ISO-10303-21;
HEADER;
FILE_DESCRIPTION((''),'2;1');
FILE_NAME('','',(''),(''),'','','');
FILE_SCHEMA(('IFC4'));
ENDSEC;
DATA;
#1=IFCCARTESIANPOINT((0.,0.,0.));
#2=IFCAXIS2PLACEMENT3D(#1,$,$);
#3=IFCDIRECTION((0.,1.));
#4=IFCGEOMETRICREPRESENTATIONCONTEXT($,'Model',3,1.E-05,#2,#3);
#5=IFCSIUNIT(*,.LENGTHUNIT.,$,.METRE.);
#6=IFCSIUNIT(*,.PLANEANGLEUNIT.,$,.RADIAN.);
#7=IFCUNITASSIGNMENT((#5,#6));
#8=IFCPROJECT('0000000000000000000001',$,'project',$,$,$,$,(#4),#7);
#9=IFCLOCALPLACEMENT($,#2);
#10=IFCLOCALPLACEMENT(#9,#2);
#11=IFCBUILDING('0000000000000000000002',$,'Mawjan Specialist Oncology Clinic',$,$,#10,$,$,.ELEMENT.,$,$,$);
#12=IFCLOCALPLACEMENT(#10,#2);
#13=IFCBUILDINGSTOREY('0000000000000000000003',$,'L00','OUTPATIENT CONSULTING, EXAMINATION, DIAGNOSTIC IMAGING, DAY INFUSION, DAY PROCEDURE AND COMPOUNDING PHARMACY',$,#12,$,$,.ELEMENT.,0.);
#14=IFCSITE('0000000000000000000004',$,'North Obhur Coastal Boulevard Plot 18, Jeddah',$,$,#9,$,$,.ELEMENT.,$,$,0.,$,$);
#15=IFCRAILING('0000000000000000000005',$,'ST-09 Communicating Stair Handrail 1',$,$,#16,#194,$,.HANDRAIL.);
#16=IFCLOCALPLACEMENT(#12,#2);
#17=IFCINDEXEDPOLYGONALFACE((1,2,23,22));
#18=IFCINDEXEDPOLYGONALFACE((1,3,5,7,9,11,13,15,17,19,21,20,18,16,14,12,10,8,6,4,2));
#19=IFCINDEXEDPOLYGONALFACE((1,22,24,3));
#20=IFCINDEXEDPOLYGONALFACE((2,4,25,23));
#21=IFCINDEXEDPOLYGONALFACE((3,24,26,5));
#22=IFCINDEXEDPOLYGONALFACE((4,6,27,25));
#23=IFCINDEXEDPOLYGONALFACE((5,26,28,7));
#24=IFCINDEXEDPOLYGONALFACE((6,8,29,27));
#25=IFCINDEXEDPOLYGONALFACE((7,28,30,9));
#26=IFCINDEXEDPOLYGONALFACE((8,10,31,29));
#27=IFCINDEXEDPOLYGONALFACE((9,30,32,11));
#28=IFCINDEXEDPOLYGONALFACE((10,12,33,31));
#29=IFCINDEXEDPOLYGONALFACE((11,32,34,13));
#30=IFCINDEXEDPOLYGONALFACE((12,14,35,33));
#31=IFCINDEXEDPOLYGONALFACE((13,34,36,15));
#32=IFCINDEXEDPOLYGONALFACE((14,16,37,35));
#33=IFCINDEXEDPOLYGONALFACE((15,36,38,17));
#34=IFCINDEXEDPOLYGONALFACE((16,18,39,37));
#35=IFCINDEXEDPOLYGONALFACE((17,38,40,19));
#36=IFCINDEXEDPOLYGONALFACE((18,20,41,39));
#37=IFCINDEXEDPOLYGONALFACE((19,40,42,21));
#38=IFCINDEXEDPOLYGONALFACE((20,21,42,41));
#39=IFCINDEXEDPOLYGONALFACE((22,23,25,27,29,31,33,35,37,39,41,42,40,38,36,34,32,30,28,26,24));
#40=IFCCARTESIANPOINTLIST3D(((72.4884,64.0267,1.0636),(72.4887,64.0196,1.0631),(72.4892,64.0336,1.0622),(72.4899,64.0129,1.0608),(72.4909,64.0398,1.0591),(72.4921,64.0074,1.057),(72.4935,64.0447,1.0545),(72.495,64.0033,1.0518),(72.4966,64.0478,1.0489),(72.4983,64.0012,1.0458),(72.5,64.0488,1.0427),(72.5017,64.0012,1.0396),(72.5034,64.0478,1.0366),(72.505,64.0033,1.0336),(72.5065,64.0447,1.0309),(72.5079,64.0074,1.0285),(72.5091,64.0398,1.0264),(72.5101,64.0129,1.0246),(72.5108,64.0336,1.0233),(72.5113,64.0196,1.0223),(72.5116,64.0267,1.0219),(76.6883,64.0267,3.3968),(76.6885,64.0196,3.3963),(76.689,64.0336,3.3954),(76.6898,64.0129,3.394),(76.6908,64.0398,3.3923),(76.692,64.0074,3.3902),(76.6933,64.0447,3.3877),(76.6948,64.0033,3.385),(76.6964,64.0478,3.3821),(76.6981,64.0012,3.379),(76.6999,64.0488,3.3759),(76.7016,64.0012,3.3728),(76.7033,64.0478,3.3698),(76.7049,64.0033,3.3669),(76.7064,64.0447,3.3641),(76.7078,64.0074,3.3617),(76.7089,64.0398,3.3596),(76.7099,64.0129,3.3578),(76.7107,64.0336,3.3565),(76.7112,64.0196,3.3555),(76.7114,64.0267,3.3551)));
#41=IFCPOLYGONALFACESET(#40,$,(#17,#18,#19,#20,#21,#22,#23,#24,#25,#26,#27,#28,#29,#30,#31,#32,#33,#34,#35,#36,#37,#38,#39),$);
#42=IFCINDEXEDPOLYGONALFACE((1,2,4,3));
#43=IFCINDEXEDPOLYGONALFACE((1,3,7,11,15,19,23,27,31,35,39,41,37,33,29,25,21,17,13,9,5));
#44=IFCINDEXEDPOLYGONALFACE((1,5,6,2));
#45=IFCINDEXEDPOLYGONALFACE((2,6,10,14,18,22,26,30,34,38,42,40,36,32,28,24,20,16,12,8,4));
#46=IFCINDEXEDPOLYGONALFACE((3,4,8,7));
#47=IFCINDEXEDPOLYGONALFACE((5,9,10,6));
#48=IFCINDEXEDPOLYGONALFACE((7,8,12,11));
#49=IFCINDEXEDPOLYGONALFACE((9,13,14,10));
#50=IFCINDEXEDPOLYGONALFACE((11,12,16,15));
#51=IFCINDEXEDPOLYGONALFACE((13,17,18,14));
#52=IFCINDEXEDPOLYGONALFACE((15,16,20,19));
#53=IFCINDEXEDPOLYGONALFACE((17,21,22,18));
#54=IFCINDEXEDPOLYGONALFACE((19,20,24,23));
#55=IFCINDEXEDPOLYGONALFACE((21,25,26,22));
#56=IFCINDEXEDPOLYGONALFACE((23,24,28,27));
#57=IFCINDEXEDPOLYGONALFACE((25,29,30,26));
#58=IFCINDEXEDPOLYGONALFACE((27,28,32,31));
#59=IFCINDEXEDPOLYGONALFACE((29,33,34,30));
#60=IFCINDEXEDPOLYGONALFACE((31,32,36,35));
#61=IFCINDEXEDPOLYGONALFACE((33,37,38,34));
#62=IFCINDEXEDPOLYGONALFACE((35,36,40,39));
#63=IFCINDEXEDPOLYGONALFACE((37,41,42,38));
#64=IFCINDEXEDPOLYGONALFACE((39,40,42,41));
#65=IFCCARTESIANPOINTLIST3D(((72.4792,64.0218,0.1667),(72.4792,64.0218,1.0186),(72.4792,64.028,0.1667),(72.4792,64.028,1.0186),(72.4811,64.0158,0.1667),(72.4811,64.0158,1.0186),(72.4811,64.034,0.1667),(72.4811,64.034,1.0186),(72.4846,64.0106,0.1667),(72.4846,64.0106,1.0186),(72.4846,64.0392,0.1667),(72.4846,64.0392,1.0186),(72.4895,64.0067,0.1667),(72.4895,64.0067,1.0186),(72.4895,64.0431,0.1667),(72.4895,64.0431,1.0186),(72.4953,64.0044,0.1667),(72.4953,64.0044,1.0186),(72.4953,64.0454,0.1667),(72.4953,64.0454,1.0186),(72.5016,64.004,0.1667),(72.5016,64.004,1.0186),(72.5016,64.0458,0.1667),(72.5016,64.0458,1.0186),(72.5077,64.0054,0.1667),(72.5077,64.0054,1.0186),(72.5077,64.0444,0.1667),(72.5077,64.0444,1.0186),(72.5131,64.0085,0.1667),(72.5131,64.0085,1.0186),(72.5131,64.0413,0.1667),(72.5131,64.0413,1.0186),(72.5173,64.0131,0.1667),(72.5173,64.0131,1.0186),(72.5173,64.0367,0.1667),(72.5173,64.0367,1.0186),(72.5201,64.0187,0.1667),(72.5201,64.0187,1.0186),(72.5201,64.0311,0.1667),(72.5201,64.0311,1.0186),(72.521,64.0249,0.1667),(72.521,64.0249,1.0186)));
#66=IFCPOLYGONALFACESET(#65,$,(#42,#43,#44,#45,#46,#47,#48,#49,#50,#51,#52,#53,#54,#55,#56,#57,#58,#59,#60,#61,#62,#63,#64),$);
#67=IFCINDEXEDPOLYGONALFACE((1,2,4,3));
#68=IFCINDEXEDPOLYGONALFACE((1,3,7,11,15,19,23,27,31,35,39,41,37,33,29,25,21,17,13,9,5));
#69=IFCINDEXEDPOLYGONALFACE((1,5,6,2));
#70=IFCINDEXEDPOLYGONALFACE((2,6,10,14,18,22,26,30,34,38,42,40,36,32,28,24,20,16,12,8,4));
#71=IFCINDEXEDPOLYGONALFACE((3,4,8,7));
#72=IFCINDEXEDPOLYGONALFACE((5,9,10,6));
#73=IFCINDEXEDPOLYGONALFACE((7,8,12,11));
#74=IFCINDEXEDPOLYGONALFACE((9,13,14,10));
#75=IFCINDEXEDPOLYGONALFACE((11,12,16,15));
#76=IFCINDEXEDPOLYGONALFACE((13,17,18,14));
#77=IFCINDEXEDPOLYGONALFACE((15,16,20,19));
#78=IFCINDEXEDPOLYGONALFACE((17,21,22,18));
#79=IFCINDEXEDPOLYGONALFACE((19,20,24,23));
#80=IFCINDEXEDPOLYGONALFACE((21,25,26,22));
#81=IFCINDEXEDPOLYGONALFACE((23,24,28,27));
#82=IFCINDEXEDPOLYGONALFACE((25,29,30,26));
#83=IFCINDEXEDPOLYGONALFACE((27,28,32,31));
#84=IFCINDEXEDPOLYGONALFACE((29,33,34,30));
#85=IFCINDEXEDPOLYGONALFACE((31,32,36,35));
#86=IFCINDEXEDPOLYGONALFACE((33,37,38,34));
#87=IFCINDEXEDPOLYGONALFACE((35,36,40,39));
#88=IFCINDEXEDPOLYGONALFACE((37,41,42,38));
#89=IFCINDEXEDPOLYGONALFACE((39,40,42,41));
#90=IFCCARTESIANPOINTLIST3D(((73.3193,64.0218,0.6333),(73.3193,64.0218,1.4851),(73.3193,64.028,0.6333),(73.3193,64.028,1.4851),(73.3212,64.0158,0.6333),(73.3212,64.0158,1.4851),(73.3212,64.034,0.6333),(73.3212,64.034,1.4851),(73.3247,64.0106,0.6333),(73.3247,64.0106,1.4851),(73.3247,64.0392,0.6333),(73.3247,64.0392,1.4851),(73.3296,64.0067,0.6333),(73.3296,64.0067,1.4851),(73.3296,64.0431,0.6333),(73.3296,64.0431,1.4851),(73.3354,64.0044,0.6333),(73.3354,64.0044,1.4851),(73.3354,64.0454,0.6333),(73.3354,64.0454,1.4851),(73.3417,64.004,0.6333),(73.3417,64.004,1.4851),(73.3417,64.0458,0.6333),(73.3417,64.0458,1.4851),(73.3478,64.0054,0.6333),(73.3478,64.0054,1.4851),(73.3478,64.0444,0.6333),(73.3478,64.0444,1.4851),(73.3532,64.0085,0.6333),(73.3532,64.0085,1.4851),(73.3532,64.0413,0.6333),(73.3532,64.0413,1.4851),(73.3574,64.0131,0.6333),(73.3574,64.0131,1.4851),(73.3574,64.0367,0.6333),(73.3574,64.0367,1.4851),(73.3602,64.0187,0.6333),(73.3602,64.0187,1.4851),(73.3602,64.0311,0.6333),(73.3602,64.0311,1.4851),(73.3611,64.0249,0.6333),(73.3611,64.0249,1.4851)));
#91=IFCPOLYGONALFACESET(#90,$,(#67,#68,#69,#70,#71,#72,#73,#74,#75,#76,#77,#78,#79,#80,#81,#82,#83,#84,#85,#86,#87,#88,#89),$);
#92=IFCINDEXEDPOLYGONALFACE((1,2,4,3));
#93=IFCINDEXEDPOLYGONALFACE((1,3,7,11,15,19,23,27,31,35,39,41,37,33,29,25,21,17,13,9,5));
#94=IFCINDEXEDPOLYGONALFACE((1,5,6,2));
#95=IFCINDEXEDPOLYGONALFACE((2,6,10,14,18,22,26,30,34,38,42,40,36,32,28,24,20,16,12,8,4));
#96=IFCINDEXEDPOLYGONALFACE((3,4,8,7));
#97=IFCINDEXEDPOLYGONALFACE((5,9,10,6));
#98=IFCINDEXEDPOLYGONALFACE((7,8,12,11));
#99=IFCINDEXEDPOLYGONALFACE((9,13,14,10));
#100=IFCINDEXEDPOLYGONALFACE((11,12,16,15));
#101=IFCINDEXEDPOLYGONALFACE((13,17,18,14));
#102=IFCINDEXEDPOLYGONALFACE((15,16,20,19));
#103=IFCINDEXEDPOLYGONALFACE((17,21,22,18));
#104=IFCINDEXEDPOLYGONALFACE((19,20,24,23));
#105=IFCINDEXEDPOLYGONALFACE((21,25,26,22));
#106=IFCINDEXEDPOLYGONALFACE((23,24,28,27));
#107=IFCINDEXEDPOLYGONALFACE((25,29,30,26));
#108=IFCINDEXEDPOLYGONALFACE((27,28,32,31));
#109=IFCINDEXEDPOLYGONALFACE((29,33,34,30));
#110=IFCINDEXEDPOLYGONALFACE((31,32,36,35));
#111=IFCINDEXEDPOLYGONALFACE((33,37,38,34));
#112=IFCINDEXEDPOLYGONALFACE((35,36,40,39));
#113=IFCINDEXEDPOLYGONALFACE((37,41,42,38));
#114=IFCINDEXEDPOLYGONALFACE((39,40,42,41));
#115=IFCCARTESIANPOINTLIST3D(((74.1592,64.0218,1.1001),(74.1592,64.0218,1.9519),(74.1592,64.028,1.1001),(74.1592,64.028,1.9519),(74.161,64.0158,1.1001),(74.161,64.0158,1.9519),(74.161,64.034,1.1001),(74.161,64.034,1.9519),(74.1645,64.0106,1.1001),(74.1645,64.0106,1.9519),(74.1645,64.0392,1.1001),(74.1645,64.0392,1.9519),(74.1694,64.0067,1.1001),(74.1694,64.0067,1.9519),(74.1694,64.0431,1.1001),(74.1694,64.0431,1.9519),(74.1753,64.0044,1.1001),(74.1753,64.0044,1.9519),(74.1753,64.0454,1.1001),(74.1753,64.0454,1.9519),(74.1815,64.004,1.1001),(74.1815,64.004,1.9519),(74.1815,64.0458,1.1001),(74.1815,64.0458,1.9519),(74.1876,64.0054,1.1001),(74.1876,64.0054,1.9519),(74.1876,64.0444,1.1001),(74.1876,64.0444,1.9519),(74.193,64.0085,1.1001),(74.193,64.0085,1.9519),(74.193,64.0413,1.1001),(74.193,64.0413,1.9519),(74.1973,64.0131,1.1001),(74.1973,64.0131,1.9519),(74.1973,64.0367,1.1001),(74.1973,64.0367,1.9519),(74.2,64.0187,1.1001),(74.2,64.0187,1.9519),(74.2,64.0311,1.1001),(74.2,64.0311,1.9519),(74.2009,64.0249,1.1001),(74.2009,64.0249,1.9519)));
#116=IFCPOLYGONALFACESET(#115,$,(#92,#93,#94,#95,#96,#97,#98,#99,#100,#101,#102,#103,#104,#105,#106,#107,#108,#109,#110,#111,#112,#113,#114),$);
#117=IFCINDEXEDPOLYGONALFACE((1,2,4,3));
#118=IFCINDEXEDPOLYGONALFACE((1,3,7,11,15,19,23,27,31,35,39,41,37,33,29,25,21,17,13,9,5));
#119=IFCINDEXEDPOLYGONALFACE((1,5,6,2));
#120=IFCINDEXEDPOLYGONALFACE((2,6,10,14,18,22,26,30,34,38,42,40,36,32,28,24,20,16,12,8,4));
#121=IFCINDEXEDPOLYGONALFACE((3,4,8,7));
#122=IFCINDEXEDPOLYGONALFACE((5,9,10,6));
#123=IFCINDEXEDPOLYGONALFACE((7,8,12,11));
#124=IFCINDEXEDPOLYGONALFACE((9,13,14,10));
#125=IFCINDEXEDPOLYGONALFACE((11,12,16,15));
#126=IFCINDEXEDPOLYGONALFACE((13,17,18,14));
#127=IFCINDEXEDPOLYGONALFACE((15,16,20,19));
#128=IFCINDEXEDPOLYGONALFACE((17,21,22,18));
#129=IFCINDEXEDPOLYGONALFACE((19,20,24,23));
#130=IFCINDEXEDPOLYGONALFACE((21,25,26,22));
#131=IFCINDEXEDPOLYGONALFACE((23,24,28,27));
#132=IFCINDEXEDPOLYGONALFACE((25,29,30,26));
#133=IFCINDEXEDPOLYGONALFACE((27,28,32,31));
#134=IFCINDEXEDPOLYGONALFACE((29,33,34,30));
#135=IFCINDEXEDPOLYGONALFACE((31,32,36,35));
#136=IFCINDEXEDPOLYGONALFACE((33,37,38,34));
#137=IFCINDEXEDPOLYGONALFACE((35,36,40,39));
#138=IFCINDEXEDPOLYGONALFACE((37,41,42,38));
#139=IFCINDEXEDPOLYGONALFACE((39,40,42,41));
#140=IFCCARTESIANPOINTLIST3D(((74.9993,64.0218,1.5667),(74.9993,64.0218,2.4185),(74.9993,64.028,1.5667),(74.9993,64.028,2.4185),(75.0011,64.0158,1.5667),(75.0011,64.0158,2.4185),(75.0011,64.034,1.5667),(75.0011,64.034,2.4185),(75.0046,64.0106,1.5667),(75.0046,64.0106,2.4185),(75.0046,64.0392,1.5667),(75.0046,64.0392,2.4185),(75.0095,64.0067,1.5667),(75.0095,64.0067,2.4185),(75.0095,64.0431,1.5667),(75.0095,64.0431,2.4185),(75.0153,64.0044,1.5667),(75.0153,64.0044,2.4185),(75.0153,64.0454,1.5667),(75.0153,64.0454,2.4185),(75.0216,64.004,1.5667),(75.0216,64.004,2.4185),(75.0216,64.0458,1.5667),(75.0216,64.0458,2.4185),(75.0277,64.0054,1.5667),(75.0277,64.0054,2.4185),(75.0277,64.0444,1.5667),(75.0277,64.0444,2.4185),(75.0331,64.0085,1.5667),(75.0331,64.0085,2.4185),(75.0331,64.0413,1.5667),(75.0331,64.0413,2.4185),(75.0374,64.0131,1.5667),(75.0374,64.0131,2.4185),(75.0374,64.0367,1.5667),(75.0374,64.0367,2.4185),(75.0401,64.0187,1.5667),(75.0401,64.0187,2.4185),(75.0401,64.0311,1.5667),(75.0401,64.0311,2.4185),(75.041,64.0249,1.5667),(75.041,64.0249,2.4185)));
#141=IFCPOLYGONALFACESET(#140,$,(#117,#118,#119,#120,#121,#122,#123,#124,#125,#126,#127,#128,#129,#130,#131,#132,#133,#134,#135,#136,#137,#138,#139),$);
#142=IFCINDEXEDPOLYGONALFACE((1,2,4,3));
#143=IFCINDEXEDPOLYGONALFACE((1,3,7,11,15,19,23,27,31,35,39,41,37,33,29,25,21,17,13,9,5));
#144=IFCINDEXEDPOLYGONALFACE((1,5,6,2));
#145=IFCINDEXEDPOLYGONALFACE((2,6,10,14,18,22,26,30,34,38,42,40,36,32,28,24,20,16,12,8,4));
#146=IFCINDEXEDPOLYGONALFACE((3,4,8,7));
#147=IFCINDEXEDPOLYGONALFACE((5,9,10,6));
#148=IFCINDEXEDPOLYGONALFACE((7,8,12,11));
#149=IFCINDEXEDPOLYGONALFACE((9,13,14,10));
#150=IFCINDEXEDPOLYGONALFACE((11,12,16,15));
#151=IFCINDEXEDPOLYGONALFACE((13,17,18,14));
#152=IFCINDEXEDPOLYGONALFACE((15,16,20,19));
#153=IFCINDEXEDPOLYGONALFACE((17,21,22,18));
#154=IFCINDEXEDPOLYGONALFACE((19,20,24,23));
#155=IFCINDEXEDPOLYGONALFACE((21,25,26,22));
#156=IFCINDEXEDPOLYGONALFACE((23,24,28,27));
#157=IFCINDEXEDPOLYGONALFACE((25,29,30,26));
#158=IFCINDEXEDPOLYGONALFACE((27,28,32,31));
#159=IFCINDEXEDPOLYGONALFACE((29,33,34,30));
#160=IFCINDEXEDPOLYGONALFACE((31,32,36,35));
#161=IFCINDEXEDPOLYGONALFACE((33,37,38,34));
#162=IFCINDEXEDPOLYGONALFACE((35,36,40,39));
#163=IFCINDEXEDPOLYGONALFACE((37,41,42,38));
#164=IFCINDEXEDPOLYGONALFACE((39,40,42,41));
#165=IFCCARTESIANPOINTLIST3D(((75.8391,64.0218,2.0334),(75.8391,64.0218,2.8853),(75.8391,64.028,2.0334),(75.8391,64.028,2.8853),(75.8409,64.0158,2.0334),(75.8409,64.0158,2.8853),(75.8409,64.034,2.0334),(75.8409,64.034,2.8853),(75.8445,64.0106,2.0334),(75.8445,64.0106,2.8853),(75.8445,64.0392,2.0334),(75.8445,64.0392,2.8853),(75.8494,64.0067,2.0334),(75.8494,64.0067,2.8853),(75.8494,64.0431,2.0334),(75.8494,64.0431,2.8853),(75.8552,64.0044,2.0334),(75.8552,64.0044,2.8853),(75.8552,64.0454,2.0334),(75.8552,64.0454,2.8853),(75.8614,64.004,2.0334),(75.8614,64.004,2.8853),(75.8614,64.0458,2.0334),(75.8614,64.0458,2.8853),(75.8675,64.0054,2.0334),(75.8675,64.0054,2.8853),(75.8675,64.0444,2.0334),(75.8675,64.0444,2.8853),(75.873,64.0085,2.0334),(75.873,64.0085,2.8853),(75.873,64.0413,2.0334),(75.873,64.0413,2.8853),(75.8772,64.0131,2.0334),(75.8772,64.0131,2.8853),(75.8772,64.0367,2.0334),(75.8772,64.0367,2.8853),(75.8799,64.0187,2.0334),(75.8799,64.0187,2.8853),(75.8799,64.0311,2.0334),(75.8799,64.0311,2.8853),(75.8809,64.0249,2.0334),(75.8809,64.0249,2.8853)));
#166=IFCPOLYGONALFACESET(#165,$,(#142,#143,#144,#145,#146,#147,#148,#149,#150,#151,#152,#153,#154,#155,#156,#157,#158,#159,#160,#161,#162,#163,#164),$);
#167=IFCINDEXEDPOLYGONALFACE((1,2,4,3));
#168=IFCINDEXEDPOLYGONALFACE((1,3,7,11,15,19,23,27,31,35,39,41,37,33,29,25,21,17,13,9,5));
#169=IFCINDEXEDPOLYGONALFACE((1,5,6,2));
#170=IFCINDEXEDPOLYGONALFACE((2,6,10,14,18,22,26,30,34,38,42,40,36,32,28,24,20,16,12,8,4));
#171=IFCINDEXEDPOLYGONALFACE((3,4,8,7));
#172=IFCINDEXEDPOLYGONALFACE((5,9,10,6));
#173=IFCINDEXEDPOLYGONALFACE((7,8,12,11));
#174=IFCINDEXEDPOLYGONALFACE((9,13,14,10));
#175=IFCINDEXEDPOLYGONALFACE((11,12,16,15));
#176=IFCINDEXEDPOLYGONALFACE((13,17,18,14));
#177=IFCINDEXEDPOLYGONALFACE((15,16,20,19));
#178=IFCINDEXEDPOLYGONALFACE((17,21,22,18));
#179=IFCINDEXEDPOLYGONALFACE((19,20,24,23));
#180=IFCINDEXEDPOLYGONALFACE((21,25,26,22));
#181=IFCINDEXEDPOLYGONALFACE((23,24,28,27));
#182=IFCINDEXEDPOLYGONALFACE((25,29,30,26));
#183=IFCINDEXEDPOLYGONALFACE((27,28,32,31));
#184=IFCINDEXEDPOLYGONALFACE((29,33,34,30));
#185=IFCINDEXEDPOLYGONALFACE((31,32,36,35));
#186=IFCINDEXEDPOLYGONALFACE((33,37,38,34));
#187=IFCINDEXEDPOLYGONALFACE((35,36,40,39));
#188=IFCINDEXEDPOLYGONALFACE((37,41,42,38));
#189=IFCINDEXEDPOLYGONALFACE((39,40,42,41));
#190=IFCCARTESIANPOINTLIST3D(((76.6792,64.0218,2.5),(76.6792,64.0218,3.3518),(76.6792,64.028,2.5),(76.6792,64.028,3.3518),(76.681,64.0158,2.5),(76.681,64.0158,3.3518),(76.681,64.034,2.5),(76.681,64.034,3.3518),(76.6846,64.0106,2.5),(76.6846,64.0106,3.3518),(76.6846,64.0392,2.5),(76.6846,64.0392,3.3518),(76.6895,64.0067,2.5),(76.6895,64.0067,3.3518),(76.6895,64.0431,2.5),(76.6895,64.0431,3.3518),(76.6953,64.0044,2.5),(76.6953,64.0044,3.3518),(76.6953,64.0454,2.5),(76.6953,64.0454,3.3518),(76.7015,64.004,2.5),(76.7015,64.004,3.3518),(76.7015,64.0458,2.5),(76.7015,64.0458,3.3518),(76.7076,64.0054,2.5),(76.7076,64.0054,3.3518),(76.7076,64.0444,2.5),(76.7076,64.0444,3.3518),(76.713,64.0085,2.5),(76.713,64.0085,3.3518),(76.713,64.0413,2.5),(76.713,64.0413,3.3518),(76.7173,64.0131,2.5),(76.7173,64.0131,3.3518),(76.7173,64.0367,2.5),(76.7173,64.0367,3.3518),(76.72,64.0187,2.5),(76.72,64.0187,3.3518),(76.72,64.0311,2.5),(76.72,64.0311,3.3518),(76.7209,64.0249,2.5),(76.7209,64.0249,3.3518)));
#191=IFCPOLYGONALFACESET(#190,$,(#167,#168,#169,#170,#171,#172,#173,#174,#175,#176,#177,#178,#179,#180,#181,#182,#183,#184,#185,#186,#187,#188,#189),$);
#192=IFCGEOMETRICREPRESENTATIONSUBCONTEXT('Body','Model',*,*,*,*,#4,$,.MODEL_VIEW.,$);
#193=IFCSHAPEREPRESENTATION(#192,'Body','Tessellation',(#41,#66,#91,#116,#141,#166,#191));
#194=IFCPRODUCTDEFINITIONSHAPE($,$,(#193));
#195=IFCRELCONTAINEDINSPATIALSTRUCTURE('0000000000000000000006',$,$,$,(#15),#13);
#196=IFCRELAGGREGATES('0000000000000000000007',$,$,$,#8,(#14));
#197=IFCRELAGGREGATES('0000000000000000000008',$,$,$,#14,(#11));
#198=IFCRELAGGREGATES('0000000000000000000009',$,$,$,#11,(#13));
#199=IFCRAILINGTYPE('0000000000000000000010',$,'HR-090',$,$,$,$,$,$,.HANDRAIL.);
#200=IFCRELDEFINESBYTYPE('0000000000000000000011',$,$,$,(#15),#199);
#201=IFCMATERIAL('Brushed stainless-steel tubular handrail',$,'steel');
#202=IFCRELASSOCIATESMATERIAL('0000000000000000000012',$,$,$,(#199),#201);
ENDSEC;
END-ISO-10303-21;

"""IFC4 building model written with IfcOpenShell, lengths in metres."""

from ifc_helpers import new_model, si_unit, direction, frame, origin, origin_2d, place, context, subcontext, project, spatial, circle, extrude, material, type_object, element, save


model = new_model("IFC4")

# Units and contexts
model_context = context("Model", 3, precision=1e-05, world=origin(), true_north=direction((0.0, 1.0)))
body_context = subcontext(model_context, "Body", "Model", "MODEL_VIEW")
ifc_project = project(units=[si_unit("LENGTHUNIT", "METRE"), si_unit("PLANEANGLEUNIT", "RADIAN")], contexts=[model_context])

# Site, building, storey
site_placement = place(None, origin())
site = spatial("IfcSite", under=ifc_project, at=site_placement, Name="North Obhur Coastal Boulevard Plot 18, Jeddah", CompositionType="ELEMENT", RefElevation=0.0)
building_placement = place(site_placement, origin())
building = spatial("IfcBuilding", under=site, at=building_placement, Name="Mawjan Specialist Oncology Clinic", CompositionType="ELEMENT")
storey_placement = place(building_placement, origin())
storey = spatial("IfcBuildingStorey", under=building, at=storey_placement, Name="L00", Description="OUTPATIENT CONSULTING, EXAMINATION, DIAGNOSTIC IMAGING, DAY INFUSION, DAY PROCEDURE AND COMPOUNDING PHARMACY", CompositionType="ELEMENT", Elevation=0.0)

# Railing
ifc_material_1 = material(Name="Brushed stainless-steel tubular handrail", Category="steel")
railing_type_1 = type_object("IfcRailingType", Name="HR-090", PredefinedType="HANDRAIL", material=ifc_material_1)
railing_1_placement = place(storey_placement, frame((72.5, 64.0249, 0.1667)))
element("IfcRailing", 1, at=railing_1_placement, inside=storey, type_object=railing_type_1, Name="ST-09 Communicating Stair Handrail 1", PredefinedType="HANDRAIL", context=body_context, shape_type="SweptSolid", body=[
    extrude(circle(Radius=0.0239, at=origin_2d()), frame((0.0, 0.0, 0.876), z_axis=(0.874162, 0.0, 0.485634), x_axis=(0.0, 1.0, 0.0)), (0.0, 0.0, 1.0), 4.8044),
    extrude(circle(Radius=0.021, at=origin_2d()), origin(), (0.0, 0.0, 1.0), 0.8518),
    extrude(circle(Radius=0.021, at=origin_2d()), frame((0.8401, 0.0, 0.4666)), (0.0, 0.0, 1.0), 0.8518),
    extrude(circle(Radius=0.021, at=origin_2d()), frame((1.6799, 0.0, 0.9333)), (0.0, 0.0, 1.0), 0.8518),
    extrude(circle(Radius=0.021, at=origin_2d()), frame((2.52, 0.0, 1.3999)), (0.0, 0.0, 1.0), 0.8518),
    extrude(circle(Radius=0.021, at=origin_2d()), frame((3.3599, 0.0, 1.8667)), (0.0, 0.0, 1.0), 0.8518),
    extrude(circle(Radius=0.021, at=origin_2d()), frame((4.2, 0.0, 2.3333)), (0.0, 0.0, 1.0), 0.8518),
])

save(model, "model.ifc")
